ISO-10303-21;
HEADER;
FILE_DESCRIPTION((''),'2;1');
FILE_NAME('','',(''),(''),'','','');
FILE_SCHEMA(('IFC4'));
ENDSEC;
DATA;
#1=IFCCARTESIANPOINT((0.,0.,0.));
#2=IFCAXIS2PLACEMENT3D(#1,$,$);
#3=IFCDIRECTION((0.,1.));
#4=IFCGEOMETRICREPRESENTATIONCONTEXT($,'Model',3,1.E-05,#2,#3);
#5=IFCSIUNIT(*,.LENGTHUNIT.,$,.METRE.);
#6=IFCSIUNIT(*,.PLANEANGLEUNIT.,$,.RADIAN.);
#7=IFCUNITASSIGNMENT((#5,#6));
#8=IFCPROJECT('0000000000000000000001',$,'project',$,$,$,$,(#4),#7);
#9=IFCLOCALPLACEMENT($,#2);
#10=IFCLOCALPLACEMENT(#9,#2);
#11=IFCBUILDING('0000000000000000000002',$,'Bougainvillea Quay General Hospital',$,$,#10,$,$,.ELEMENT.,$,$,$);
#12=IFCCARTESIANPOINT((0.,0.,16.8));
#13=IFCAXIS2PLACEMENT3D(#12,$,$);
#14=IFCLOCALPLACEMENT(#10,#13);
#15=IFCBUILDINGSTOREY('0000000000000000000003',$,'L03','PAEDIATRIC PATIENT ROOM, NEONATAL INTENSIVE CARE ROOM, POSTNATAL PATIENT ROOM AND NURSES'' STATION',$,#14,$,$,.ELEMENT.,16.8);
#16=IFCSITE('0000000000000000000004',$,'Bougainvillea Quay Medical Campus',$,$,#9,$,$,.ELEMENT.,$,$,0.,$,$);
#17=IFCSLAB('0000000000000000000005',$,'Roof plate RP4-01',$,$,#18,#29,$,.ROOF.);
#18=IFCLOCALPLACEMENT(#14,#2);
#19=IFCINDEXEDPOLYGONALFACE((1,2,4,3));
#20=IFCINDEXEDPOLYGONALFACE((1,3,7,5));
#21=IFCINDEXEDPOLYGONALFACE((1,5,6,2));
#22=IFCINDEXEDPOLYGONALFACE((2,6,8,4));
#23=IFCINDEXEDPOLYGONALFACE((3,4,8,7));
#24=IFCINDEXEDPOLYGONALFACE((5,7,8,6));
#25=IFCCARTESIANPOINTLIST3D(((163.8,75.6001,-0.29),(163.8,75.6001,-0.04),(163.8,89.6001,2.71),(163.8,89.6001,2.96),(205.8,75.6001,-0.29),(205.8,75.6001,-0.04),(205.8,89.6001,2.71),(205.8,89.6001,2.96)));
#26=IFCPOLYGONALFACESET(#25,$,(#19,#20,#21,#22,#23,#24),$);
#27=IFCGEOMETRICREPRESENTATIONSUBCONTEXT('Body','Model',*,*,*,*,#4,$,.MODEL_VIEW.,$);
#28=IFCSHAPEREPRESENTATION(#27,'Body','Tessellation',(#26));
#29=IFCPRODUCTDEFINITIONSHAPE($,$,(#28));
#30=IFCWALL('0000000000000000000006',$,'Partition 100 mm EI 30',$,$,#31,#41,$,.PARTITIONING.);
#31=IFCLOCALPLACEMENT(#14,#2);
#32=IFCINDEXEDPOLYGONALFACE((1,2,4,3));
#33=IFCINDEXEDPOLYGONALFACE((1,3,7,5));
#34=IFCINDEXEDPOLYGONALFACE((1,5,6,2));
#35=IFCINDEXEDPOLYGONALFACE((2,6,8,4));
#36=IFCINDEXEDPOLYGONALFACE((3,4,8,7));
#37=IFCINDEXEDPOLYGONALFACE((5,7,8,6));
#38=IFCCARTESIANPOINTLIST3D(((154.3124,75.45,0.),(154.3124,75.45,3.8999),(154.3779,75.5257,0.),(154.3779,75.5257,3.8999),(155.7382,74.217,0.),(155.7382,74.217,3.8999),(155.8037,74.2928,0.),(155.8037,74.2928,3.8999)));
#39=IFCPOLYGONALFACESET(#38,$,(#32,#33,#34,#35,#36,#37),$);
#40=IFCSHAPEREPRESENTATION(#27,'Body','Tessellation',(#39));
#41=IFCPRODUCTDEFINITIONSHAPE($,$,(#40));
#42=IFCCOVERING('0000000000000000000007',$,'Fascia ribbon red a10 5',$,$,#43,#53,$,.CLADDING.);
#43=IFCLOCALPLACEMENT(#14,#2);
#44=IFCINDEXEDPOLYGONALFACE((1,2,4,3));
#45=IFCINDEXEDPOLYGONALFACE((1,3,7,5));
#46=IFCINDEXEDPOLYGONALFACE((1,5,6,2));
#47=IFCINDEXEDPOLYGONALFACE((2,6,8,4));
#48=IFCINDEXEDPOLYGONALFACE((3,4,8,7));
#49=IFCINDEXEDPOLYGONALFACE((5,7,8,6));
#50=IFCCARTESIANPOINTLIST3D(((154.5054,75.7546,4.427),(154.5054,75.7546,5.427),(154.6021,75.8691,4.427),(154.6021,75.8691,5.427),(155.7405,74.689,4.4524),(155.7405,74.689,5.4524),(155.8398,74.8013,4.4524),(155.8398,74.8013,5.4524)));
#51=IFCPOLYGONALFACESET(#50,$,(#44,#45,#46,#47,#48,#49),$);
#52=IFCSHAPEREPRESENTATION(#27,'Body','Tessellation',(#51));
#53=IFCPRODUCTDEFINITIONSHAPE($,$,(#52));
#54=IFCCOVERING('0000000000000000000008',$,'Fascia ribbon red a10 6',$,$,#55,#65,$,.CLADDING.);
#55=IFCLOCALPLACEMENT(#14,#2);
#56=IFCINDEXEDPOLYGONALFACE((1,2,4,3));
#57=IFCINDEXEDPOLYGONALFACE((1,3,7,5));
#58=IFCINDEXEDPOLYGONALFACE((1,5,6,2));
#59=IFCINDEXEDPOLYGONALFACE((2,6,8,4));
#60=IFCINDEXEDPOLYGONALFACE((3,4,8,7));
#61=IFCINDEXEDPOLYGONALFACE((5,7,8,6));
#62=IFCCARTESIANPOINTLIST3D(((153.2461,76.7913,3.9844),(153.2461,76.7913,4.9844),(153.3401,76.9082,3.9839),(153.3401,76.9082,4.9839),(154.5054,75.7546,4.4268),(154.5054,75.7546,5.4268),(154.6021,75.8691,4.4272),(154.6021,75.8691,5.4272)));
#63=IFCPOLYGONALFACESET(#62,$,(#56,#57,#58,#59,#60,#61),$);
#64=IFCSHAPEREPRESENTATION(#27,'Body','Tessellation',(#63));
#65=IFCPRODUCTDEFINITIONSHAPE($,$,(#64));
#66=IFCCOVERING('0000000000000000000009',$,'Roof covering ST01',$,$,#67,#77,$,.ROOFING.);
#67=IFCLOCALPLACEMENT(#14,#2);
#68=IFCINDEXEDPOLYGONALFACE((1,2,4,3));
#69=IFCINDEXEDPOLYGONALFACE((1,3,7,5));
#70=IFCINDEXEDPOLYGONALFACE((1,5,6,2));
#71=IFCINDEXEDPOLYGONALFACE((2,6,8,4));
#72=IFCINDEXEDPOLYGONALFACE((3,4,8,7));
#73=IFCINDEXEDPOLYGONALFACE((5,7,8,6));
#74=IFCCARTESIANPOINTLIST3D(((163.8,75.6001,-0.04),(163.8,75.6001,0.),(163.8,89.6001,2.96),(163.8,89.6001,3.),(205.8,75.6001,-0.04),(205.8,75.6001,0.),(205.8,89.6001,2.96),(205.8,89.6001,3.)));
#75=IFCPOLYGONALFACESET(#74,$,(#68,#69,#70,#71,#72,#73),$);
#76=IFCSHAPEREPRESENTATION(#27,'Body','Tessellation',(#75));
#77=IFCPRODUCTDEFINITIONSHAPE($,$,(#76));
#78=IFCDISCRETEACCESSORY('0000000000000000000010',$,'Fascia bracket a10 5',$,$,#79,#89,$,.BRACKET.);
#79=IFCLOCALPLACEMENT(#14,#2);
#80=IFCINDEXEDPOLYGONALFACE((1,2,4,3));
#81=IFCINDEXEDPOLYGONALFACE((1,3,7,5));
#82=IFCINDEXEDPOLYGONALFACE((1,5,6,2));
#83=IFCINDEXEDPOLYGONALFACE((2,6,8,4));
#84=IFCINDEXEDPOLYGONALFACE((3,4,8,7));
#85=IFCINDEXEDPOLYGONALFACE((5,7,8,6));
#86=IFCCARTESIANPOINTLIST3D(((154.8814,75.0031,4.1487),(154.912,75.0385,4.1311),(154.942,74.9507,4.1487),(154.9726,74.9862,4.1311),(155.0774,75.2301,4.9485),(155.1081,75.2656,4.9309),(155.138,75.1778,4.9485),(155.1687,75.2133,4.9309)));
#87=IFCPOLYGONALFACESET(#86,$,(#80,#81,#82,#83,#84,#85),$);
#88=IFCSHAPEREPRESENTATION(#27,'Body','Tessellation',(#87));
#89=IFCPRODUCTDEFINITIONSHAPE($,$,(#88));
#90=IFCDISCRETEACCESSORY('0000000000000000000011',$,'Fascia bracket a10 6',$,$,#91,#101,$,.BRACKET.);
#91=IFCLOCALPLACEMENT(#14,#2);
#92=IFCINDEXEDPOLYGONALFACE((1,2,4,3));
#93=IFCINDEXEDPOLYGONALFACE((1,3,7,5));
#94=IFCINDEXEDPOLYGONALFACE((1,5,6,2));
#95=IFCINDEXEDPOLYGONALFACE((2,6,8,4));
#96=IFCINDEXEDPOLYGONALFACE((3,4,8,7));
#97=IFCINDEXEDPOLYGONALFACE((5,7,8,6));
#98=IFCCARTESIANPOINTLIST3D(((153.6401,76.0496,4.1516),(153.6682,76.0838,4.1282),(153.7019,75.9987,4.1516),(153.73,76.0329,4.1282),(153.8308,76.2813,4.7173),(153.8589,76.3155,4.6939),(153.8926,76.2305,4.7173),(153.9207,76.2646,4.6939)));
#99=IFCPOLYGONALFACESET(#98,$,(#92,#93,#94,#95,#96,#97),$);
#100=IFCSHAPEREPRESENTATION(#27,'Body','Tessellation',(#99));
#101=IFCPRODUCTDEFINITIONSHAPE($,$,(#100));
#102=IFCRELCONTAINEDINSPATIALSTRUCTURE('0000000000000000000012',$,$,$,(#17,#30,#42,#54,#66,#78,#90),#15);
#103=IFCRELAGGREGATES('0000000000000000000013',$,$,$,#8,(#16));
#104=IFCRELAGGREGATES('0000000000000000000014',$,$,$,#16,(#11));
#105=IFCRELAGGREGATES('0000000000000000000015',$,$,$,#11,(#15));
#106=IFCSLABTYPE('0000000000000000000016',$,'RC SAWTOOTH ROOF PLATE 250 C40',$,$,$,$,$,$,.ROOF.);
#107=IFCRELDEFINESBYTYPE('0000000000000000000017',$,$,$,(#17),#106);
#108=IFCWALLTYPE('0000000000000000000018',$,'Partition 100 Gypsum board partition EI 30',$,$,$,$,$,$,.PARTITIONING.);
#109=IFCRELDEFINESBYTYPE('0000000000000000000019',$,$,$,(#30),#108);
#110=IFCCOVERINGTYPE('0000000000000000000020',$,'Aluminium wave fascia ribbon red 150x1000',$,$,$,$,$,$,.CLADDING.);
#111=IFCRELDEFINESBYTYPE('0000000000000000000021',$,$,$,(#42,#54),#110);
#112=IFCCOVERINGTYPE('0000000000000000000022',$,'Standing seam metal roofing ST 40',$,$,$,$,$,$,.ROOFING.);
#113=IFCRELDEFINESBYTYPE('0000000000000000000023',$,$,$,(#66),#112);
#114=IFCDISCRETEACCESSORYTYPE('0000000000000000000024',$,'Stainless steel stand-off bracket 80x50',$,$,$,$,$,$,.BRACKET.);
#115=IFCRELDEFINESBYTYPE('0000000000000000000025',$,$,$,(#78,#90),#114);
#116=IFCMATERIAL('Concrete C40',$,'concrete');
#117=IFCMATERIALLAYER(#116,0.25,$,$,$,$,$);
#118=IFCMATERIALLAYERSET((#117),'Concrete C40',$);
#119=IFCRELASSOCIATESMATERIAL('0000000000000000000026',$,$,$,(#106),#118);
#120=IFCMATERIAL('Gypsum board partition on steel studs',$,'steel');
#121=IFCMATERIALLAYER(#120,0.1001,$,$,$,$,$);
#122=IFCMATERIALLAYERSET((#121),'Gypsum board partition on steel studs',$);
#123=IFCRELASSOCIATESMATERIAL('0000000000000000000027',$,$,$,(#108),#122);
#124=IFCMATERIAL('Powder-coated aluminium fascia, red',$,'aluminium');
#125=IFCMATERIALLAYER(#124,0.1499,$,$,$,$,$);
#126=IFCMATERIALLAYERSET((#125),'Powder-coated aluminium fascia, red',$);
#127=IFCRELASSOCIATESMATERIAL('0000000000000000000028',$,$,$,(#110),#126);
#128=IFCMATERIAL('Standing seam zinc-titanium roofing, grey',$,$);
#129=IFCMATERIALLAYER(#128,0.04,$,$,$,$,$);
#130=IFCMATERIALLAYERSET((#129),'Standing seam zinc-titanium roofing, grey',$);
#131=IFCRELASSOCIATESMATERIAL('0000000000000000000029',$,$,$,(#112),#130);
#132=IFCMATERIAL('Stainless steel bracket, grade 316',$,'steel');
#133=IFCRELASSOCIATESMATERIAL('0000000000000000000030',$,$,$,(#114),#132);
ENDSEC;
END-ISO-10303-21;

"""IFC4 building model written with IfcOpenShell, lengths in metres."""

from ifc_helpers import new_model, si_unit, direction, frame, frame_2d, origin, origin_2d, place, context, subcontext, project, spatial, polyline, rectangle, outline, extrude, material, layer, layer_set, material_profile, profile_set, type_object, element, save


model = new_model("IFC4")

# Units and contexts
model_context = context("Model", 3, precision=1e-05, world=origin(), true_north=direction((0.0, 1.0)))
body_context = subcontext(model_context, "Body", "Model", "MODEL_VIEW")
ifc_project = project(units=[si_unit("LENGTHUNIT", "METRE"), si_unit("PLANEANGLEUNIT", "RADIAN")], contexts=[model_context])

# Site, building, storey
site_placement = place(None, origin())
site = spatial("IfcSite", under=ifc_project, at=site_placement, Name="Bougainvillea Quay Medical Campus", CompositionType="ELEMENT", RefElevation=0.0)
building_placement = place(site_placement, origin())
building = spatial("IfcBuilding", under=site, at=building_placement, Name="Bougainvillea Quay General Hospital", CompositionType="ELEMENT")
storey_placement = place(building_placement, frame((0.0, 0.0, 16.8)))
storey = spatial("IfcBuildingStorey", under=building, at=storey_placement, Name="L03", Description="PAEDIATRIC PATIENT ROOM, NEONATAL INTENSIVE CARE ROOM, POSTNATAL PATIENT ROOM AND NURSES' STATION", CompositionType="ELEMENT", Elevation=16.8)

# Slab
ifc_material_1 = material(Name="Concrete C40", Category="concrete")
ifc_layer_1 = layer(ifc_material_1, 0.25)
ifc_layer_set_1 = layer_set([ifc_layer_1], Name="Concrete C40")
slab_type = type_object("IfcSlabType", Name="RC SAWTOOTH ROOF PLATE 250 C40", PredefinedType="ROOF", material=ifc_layer_set_1)
slab_placement = place(storey_placement, frame((163.8, 75.6001, -0.04), z_axis=(0.0, -0.209529, 0.977802), x_axis=(1.0, 0.0, 0.0)))
element("IfcSlab", 1, at=slab_placement, inside=storey, type_object=slab_type, Name="Roof plate RP4-01", PredefinedType="ROOF", context=body_context, shape_type="SweptSolid", body=[
    extrude(outline(polyline([(0.0, 0.0), (42.0, 0.0), (42.0, 14.3178), (0.0, 14.3178), (0.0, 0.0)])), origin(), (0.0, -0.209529, -0.977802), 0.25),
])

# Wall
ifc_material_2 = material(Name="Gypsum board partition on steel studs", Category="steel")
ifc_layer_2 = layer(ifc_material_2, 0.1001)
ifc_layer_set_2 = layer_set([ifc_layer_2], Name="Gypsum board partition on steel studs")
wall_type = type_object("IfcWallType", Name="Partition 100 Gypsum board partition EI 30", PredefinedType="PARTITIONING", material=ifc_layer_set_2)
wall_placement = place(storey_placement, frame((154.3452, 75.4878, 0.0), z_axis=(0.0, 0.0, 1.0), x_axis=(0.756415, -0.654092, 0.0)))
element("IfcWall", 2, at=wall_placement, inside=storey, type_object=wall_type, Name="Partition 100 mm EI 30", PredefinedType="PARTITIONING", context=body_context, shape_type="SweptSolid", body=[
    extrude(rectangle(XDim=1.885, YDim=0.1001, at=frame_2d((0.9424, 0.0))), origin(), (0.0, 0.0, 1.0), 3.8999),
])

# Coverings
ifc_material_3 = material(Name="Powder-coated aluminium fascia, red", Category="aluminium")
ifc_layer_3 = layer(ifc_material_3, 0.1499)
ifc_layer_set_3 = layer_set([ifc_layer_3], Name="Powder-coated aluminium fascia, red")
covering_type_1 = type_object("IfcCoveringType", Name="Aluminium wave fascia ribbon red 150x1000", PredefinedType="CLADDING", material=ifc_layer_set_3)
covering_1_placement = place(storey_placement, frame((155.7405, 74.689, 4.4524), z_axis=(-0.011761, 0.010166, 0.999879), x_axis=(-0.757038, 0.653186, -0.015546)))
element("IfcCovering", 3, at=covering_1_placement, inside=storey, type_object=covering_type_1, Name="Fascia ribbon red a10 5", PredefinedType="CLADDING", context=body_context, shape_type="SweptSolid", body=[
    extrude(outline(polyline([(0.0, 0.0), (1.6315, 0.0), (1.6331, -0.1499), (-0.0019, -0.1499), (0.0, 0.0)])), origin(), (-0.015546, 0.000014, 0.999879), 1.0),
])
covering_2_placement = place(storey_placement, frame((154.5054, 75.7546, 4.4268), z_axis=(-0.202033, 0.166443, 0.965132), x_axis=(-0.745139, 0.613389, -0.261765)))
element("IfcCovering", 4, at=covering_2_placement, inside=storey, type_object=covering_type_1, Name="Fascia ribbon red a10 6", PredefinedType="CLADDING", context=body_context, shape_type="SweptSolid", body=[
    extrude(outline(polyline([(0.0, 0.0), (1.69, 0.0), (1.6918, -0.15), (-0.0019, -0.1498), (0.0, 0.0)])), origin(), (-0.261765, 0.000098, 0.965132), 1.0),
])
ifc_material_4 = material(Name="Standing seam zinc-titanium roofing, grey")
ifc_layer_4 = layer(ifc_material_4, 0.04)
ifc_layer_set_4 = layer_set([ifc_layer_4], Name="Standing seam zinc-titanium roofing, grey")
covering_type_2 = type_object("IfcCoveringType", Name="Standing seam metal roofing ST 40", PredefinedType="ROOFING", material=ifc_layer_set_4)
covering_3_placement = place(storey_placement, frame((163.8, 75.6001, 0.0), z_axis=(0.0, -0.209529, 0.977802), x_axis=(1.0, 0.0, 0.0)))
element("IfcCovering", 5, at=covering_3_placement, inside=storey, type_object=covering_type_2, Name="Roof covering ST01", PredefinedType="ROOFING", context=body_context, shape_type="SweptSolid", body=[
    extrude(outline(polyline([(0.0, 0.0), (42.0, 0.0), (42.0, 14.3178), (0.0, 14.3178), (0.0, 0.0)])), origin(), (0.0, -0.209529, -0.977802), 0.04),
])

# Discrete accessories
ifc_material_5 = material(Name="Stainless steel bracket, grade 316", Category="steel")
ifc_material_profile_1 = material_profile(ifc_material_5, rectangle(XDim=0.0801, YDim=0.05, at=origin_2d()))
ifc_profile_set_1 = profile_set([ifc_material_profile_1], Name="Stainless steel bracket, grade 316")
discrete_accessory_type = type_object("IfcDiscreteAccessoryType", Name="Stainless steel stand-off bracket 80x50", PredefinedType="BRACKET", material=ifc_profile_set_1)
discrete_accessory_1_placement = place(storey_placement, frame((154.927, 74.9946, 4.1399), z_axis=(0.229505, 0.265802, 0.93631), x_axis=(-0.756896, 0.653535, 0.0)))
element("IfcDiscreteAccessory", 6, at=discrete_accessory_1_placement, inside=storey, type_object=discrete_accessory_type, Name="Fascia bracket a10 5", PredefinedType="BRACKET", context=body_context, shape_type="SweptSolid", body=[
    extrude(rectangle(XDim=0.0801, YDim=0.05, at=origin_2d()), origin(), (0.0, 0.0, 1.0), 0.8542),
])
discrete_accessory_2_placement = place(storey_placement, frame((153.6851, 76.0413, 4.1399), z_axis=(0.297774, 0.361828, 0.883409), x_axis=(-0.772142, 0.635451, 0.0)))
element("IfcDiscreteAccessory", 7, at=discrete_accessory_2_placement, inside=storey, type_object=discrete_accessory_type, Name="Fascia bracket a10 6", PredefinedType="BRACKET", context=body_context, shape_type="SweptSolid", body=[
    extrude(rectangle(XDim=0.0801, YDim=0.05, at=origin_2d()), origin(), (0.0, 0.0, 1.0), 0.6404),
])

save(model, "model.ifc")
